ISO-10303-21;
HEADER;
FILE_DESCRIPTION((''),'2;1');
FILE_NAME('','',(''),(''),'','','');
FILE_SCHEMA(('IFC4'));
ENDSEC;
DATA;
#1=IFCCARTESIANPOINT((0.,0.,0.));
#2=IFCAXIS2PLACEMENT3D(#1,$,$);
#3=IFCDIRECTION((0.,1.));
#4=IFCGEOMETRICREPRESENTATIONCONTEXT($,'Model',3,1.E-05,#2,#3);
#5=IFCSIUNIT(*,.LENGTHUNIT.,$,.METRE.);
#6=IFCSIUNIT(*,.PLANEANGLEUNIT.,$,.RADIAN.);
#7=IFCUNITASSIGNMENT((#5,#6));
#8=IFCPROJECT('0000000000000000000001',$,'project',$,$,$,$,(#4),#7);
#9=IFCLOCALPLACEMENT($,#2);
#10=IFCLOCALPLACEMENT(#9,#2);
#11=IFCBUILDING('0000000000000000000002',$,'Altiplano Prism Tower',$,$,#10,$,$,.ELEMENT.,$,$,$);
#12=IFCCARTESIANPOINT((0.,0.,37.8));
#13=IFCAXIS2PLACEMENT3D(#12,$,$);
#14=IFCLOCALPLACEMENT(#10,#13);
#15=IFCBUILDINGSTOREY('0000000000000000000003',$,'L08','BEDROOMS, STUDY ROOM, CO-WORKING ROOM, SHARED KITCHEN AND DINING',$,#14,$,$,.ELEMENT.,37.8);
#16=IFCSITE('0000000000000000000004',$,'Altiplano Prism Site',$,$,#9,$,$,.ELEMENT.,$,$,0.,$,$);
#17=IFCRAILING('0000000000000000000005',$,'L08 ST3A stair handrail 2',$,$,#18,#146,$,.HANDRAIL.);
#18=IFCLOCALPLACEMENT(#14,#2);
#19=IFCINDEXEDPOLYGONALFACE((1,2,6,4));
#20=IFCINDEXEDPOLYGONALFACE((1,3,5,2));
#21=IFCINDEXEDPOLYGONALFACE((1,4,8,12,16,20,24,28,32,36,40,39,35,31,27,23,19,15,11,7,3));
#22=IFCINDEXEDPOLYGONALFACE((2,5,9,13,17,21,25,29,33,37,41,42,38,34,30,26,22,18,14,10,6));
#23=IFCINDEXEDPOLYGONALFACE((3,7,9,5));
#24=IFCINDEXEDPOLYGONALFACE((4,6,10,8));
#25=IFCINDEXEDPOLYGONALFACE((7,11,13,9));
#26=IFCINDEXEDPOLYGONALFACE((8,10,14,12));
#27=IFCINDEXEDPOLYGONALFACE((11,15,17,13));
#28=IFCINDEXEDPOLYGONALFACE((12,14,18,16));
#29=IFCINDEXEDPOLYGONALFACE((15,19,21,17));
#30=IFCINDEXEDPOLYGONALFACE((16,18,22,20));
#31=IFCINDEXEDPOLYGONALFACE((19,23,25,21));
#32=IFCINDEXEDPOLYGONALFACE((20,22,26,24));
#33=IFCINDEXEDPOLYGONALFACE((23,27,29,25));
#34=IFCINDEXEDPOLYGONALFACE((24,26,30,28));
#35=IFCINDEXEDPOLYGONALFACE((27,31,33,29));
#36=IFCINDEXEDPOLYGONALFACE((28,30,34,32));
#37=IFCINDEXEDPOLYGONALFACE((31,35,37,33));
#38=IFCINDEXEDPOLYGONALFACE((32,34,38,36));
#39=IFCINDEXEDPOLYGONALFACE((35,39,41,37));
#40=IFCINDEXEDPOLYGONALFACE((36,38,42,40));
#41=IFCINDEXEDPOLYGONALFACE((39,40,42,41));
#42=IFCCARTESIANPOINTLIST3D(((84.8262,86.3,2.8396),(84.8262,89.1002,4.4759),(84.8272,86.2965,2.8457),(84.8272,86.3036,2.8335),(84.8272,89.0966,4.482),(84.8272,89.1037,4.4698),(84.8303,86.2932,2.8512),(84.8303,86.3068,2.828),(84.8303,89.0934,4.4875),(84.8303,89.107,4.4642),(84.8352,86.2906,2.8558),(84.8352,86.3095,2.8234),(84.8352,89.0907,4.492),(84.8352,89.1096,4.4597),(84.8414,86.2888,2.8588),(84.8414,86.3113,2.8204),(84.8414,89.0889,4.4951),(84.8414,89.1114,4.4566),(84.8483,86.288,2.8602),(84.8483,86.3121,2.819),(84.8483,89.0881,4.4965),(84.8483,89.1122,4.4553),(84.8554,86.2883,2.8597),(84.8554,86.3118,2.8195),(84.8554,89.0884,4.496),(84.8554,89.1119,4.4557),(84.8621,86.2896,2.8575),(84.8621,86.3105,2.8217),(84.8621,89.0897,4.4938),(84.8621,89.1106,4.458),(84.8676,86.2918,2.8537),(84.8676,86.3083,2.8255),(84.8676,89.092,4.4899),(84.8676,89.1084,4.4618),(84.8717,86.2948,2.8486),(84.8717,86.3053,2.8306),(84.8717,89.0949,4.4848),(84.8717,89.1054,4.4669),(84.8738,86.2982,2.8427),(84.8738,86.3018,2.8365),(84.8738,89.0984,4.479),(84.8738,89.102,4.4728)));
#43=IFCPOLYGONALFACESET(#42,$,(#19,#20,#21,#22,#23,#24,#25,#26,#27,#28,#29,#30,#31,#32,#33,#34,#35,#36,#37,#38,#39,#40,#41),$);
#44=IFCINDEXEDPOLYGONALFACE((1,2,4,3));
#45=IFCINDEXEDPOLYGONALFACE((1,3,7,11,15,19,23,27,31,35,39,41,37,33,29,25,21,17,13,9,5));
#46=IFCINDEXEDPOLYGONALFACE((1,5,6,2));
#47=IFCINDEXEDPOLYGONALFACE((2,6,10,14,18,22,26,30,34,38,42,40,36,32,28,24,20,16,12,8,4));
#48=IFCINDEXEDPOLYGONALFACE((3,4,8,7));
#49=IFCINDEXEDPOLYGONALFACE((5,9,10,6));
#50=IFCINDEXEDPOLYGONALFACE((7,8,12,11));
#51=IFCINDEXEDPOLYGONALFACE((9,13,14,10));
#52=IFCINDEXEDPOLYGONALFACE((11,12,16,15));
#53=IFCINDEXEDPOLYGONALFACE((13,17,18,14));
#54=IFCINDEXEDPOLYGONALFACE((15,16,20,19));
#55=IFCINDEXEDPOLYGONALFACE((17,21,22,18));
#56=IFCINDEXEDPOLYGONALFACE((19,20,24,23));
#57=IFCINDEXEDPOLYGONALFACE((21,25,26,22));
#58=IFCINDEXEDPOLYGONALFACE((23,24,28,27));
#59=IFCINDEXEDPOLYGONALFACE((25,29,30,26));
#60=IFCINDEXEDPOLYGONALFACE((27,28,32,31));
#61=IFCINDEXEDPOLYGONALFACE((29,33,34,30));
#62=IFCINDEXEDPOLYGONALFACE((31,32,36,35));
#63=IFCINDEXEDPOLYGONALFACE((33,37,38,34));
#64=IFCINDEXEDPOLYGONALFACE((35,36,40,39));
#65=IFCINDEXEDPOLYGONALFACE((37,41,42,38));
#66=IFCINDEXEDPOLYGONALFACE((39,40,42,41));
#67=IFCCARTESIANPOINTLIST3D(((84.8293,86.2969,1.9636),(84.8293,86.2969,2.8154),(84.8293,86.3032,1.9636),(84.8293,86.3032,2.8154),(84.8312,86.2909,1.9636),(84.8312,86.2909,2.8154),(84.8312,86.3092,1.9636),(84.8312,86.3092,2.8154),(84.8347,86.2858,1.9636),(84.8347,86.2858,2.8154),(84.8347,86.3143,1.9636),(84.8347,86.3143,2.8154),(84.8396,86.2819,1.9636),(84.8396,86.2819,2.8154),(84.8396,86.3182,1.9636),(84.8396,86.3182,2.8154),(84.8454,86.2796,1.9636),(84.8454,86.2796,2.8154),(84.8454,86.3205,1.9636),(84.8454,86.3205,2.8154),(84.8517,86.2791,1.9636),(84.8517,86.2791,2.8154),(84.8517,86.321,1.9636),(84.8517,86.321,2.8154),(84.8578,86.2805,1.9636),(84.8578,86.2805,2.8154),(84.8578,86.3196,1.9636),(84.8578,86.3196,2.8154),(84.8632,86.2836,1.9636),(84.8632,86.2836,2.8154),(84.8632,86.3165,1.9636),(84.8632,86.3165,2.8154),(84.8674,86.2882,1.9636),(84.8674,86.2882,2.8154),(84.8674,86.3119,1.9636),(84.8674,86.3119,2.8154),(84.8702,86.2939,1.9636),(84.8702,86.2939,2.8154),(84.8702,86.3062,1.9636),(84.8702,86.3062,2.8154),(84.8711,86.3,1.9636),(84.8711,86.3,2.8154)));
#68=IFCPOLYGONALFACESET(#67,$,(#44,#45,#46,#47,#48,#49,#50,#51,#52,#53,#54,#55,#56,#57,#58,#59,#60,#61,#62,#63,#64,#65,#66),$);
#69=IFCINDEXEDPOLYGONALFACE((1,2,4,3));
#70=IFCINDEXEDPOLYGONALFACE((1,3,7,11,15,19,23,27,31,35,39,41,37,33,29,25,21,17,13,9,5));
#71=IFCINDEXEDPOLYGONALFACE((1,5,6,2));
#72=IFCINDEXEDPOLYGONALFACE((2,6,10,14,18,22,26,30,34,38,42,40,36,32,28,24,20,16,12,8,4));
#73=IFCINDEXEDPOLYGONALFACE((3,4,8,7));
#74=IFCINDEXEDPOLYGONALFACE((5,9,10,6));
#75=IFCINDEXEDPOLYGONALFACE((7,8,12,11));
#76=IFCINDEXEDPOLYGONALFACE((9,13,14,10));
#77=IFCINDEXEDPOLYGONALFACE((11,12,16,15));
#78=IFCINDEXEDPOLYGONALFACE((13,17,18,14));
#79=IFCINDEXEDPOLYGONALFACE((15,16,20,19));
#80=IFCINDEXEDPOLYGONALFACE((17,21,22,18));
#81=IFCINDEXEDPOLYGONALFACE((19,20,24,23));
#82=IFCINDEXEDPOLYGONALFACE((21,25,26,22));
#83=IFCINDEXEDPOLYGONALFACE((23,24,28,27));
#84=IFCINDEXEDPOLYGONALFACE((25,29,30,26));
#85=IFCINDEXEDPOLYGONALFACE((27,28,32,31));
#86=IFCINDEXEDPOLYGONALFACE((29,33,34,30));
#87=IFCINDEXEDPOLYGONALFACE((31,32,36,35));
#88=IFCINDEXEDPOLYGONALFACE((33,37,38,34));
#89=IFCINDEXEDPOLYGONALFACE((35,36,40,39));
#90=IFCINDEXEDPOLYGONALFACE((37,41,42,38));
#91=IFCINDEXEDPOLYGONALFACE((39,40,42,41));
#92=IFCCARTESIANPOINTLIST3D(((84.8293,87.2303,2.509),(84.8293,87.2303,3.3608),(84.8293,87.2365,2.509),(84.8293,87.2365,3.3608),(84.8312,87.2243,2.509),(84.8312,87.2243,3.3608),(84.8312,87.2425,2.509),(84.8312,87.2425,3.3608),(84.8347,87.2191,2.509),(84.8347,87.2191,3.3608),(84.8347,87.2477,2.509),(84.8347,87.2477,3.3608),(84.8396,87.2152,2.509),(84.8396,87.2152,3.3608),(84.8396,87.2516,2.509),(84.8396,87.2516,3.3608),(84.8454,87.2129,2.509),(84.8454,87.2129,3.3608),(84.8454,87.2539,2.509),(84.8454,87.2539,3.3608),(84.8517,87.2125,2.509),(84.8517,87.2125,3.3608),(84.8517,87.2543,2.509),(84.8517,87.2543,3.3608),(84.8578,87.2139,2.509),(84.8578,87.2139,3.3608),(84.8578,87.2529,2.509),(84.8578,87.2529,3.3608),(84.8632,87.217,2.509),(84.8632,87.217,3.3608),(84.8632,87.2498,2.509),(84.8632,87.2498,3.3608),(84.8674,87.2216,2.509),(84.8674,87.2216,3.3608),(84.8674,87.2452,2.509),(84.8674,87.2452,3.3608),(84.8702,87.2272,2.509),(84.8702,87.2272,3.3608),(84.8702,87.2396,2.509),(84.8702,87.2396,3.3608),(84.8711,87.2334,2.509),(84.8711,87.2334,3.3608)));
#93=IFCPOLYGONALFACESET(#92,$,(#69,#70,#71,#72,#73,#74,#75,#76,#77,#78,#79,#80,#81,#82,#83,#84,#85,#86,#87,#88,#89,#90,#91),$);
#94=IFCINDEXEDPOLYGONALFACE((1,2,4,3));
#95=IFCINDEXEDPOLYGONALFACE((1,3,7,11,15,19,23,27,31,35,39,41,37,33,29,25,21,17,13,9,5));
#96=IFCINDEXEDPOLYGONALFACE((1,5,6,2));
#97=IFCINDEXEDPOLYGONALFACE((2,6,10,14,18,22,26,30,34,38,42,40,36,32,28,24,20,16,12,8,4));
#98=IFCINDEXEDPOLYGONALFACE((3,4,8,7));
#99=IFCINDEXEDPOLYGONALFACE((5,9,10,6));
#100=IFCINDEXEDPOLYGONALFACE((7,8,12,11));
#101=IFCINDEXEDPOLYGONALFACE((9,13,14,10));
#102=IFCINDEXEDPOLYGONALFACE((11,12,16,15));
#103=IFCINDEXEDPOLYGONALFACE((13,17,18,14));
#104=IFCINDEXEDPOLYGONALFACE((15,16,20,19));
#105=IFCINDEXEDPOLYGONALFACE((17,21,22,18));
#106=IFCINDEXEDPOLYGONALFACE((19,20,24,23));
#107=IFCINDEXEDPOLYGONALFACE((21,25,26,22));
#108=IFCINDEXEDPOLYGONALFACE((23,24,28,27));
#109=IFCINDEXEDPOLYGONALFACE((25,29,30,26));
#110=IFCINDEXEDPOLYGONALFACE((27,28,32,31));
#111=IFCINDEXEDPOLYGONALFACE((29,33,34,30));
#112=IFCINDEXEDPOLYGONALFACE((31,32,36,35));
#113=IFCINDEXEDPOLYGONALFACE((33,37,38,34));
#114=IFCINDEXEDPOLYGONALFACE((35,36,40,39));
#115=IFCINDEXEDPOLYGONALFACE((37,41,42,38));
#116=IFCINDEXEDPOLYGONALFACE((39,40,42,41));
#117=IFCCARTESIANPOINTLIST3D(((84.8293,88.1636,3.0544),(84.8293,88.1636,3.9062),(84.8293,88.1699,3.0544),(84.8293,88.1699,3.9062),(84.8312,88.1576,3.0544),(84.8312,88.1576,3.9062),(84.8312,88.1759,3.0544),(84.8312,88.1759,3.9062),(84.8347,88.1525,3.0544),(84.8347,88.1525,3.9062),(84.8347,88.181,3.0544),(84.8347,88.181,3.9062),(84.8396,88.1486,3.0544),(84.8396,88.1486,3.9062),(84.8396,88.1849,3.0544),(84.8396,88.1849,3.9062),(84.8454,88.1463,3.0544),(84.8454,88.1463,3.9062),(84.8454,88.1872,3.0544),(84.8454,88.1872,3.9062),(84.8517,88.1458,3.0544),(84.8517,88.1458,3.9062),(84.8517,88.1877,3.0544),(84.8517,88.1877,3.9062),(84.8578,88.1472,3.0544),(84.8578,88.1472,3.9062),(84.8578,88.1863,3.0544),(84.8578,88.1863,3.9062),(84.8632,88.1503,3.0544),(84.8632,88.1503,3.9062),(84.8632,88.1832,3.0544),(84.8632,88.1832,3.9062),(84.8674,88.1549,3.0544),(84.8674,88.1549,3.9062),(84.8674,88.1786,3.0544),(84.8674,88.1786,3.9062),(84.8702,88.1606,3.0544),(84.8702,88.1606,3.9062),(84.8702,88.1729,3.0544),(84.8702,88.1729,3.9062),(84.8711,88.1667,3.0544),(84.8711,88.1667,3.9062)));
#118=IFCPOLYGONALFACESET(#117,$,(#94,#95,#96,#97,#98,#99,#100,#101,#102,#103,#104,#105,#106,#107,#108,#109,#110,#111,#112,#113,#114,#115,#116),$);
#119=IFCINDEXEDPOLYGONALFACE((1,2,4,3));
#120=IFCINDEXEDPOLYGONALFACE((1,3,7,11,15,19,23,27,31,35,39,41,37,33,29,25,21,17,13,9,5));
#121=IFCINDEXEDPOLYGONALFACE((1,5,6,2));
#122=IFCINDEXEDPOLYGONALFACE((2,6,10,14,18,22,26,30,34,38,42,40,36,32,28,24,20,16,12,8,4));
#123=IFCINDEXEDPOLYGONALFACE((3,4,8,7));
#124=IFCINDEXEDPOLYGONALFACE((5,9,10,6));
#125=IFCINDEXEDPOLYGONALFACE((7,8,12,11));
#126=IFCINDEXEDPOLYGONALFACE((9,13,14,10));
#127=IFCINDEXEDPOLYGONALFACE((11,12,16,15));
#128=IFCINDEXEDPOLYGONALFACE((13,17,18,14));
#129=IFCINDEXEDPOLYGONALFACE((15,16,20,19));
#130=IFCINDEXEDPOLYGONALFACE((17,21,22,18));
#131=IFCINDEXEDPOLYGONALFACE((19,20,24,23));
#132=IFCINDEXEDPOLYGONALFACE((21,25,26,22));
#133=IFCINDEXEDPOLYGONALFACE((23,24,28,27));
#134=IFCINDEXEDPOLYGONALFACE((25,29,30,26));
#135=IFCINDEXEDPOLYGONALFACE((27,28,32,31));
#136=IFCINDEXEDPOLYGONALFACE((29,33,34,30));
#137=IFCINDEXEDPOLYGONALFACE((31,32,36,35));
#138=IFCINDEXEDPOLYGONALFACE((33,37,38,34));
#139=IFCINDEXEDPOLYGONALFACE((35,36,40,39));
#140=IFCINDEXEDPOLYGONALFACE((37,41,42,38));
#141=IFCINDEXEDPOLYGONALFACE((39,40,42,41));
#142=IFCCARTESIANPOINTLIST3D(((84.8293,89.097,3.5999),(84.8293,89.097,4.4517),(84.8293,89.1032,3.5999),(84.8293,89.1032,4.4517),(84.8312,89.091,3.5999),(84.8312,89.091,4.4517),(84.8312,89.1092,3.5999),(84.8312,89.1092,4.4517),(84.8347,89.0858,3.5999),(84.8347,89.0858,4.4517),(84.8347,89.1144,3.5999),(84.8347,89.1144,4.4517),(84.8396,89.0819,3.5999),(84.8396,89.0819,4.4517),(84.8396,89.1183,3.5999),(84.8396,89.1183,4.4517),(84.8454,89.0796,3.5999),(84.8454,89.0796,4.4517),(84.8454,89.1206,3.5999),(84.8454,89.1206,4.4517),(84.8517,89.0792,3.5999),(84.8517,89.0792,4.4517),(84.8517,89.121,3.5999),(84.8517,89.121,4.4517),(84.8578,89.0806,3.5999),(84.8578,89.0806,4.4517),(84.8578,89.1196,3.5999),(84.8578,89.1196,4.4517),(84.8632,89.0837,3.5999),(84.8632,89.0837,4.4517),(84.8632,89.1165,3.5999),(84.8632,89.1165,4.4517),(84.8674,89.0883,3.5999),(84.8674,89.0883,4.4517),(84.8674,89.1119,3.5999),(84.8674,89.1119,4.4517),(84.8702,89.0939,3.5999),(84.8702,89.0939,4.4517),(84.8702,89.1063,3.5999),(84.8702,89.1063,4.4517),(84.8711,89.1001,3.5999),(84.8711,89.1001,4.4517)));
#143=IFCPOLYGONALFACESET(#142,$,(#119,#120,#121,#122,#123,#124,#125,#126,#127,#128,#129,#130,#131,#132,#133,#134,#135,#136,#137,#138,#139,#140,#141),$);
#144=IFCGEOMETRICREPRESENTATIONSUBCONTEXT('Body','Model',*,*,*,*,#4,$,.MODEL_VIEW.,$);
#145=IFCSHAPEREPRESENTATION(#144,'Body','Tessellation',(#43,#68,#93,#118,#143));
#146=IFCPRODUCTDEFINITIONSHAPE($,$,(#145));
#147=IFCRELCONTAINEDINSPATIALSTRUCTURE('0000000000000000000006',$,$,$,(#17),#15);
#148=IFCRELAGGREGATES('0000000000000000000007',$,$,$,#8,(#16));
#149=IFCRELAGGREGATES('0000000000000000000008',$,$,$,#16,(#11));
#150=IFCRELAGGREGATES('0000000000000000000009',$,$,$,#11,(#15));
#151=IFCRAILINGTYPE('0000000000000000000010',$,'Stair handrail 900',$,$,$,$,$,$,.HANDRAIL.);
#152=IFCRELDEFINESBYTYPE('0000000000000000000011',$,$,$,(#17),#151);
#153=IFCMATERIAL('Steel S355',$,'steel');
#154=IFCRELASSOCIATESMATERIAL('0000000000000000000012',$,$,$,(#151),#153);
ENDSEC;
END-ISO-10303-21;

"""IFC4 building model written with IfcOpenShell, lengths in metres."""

from ifc_helpers import new_model, si_unit, direction, frame, origin, origin_2d, place, context, subcontext, project, spatial, circle, extrude, material, type_object, element, save


model = new_model("IFC4")

# Units and contexts
model_context = context("Model", 3, precision=1e-05, world=origin(), true_north=direction((0.0, 1.0)))
body_context = subcontext(model_context, "Body", "Model", "MODEL_VIEW")
ifc_project = project(units=[si_unit("LENGTHUNIT", "METRE"), si_unit("PLANEANGLEUNIT", "RADIAN")], contexts=[model_context])

# Site, building, storey
site_placement = place(None, origin())
site = spatial("IfcSite", under=ifc_project, at=site_placement, Name="Altiplano Prism Site", CompositionType="ELEMENT", RefElevation=0.0)
building_placement = place(site_placement, origin())
building = spatial("IfcBuilding", under=site, at=building_placement, Name="Altiplano Prism Tower", CompositionType="ELEMENT")
storey_placement = place(building_placement, frame((0.0, 0.0, 37.8)))
storey = spatial("IfcBuildingStorey", under=building, at=storey_placement, Name="L08", Description="BEDROOMS, STUDY ROOM, CO-WORKING ROOM, SHARED KITCHEN AND DINING", CompositionType="ELEMENT", Elevation=37.8)

# Railing
ifc_material_1 = material(Name="Steel S355", Category="steel")
railing_type_1 = type_object("IfcRailingType", Name="Stair handrail 900", PredefinedType="HANDRAIL", material=ifc_material_1)
railing_1_placement = place(storey_placement, frame((84.8501, 86.3, 1.9636)))
element("IfcRailing", 1, at=railing_1_placement, inside=storey, type_object=railing_type_1, Name="L08 ST3A stair handrail 2", PredefinedType="HANDRAIL", context=body_context, shape_type="SweptSolid", body=[
    extrude(circle(Radius=0.0239, at=origin_2d()), frame((0.0, 0.0, 0.876), z_axis=(0.0, 0.863394, 0.504531), x_axis=(-1.0, 0.0, 0.0)), (0.0, 0.0, 1.0), 3.2432),
    extrude(circle(Radius=0.021, at=origin_2d()), origin(), (0.0, 0.0, 1.0), 0.8518),
    extrude(circle(Radius=0.021, at=origin_2d()), frame((0.0, 0.9333, 0.5454)), (0.0, 0.0, 1.0), 0.8518),
    extrude(circle(Radius=0.021, at=origin_2d()), frame((0.0, 1.8667, 1.0908)), (0.0, 0.0, 1.0), 0.8518),
    extrude(circle(Radius=0.021, at=origin_2d()), frame((0.0, 2.8, 1.6362)), (0.0, 0.0, 1.0), 0.8518),
])

save(model, "model.ifc")
